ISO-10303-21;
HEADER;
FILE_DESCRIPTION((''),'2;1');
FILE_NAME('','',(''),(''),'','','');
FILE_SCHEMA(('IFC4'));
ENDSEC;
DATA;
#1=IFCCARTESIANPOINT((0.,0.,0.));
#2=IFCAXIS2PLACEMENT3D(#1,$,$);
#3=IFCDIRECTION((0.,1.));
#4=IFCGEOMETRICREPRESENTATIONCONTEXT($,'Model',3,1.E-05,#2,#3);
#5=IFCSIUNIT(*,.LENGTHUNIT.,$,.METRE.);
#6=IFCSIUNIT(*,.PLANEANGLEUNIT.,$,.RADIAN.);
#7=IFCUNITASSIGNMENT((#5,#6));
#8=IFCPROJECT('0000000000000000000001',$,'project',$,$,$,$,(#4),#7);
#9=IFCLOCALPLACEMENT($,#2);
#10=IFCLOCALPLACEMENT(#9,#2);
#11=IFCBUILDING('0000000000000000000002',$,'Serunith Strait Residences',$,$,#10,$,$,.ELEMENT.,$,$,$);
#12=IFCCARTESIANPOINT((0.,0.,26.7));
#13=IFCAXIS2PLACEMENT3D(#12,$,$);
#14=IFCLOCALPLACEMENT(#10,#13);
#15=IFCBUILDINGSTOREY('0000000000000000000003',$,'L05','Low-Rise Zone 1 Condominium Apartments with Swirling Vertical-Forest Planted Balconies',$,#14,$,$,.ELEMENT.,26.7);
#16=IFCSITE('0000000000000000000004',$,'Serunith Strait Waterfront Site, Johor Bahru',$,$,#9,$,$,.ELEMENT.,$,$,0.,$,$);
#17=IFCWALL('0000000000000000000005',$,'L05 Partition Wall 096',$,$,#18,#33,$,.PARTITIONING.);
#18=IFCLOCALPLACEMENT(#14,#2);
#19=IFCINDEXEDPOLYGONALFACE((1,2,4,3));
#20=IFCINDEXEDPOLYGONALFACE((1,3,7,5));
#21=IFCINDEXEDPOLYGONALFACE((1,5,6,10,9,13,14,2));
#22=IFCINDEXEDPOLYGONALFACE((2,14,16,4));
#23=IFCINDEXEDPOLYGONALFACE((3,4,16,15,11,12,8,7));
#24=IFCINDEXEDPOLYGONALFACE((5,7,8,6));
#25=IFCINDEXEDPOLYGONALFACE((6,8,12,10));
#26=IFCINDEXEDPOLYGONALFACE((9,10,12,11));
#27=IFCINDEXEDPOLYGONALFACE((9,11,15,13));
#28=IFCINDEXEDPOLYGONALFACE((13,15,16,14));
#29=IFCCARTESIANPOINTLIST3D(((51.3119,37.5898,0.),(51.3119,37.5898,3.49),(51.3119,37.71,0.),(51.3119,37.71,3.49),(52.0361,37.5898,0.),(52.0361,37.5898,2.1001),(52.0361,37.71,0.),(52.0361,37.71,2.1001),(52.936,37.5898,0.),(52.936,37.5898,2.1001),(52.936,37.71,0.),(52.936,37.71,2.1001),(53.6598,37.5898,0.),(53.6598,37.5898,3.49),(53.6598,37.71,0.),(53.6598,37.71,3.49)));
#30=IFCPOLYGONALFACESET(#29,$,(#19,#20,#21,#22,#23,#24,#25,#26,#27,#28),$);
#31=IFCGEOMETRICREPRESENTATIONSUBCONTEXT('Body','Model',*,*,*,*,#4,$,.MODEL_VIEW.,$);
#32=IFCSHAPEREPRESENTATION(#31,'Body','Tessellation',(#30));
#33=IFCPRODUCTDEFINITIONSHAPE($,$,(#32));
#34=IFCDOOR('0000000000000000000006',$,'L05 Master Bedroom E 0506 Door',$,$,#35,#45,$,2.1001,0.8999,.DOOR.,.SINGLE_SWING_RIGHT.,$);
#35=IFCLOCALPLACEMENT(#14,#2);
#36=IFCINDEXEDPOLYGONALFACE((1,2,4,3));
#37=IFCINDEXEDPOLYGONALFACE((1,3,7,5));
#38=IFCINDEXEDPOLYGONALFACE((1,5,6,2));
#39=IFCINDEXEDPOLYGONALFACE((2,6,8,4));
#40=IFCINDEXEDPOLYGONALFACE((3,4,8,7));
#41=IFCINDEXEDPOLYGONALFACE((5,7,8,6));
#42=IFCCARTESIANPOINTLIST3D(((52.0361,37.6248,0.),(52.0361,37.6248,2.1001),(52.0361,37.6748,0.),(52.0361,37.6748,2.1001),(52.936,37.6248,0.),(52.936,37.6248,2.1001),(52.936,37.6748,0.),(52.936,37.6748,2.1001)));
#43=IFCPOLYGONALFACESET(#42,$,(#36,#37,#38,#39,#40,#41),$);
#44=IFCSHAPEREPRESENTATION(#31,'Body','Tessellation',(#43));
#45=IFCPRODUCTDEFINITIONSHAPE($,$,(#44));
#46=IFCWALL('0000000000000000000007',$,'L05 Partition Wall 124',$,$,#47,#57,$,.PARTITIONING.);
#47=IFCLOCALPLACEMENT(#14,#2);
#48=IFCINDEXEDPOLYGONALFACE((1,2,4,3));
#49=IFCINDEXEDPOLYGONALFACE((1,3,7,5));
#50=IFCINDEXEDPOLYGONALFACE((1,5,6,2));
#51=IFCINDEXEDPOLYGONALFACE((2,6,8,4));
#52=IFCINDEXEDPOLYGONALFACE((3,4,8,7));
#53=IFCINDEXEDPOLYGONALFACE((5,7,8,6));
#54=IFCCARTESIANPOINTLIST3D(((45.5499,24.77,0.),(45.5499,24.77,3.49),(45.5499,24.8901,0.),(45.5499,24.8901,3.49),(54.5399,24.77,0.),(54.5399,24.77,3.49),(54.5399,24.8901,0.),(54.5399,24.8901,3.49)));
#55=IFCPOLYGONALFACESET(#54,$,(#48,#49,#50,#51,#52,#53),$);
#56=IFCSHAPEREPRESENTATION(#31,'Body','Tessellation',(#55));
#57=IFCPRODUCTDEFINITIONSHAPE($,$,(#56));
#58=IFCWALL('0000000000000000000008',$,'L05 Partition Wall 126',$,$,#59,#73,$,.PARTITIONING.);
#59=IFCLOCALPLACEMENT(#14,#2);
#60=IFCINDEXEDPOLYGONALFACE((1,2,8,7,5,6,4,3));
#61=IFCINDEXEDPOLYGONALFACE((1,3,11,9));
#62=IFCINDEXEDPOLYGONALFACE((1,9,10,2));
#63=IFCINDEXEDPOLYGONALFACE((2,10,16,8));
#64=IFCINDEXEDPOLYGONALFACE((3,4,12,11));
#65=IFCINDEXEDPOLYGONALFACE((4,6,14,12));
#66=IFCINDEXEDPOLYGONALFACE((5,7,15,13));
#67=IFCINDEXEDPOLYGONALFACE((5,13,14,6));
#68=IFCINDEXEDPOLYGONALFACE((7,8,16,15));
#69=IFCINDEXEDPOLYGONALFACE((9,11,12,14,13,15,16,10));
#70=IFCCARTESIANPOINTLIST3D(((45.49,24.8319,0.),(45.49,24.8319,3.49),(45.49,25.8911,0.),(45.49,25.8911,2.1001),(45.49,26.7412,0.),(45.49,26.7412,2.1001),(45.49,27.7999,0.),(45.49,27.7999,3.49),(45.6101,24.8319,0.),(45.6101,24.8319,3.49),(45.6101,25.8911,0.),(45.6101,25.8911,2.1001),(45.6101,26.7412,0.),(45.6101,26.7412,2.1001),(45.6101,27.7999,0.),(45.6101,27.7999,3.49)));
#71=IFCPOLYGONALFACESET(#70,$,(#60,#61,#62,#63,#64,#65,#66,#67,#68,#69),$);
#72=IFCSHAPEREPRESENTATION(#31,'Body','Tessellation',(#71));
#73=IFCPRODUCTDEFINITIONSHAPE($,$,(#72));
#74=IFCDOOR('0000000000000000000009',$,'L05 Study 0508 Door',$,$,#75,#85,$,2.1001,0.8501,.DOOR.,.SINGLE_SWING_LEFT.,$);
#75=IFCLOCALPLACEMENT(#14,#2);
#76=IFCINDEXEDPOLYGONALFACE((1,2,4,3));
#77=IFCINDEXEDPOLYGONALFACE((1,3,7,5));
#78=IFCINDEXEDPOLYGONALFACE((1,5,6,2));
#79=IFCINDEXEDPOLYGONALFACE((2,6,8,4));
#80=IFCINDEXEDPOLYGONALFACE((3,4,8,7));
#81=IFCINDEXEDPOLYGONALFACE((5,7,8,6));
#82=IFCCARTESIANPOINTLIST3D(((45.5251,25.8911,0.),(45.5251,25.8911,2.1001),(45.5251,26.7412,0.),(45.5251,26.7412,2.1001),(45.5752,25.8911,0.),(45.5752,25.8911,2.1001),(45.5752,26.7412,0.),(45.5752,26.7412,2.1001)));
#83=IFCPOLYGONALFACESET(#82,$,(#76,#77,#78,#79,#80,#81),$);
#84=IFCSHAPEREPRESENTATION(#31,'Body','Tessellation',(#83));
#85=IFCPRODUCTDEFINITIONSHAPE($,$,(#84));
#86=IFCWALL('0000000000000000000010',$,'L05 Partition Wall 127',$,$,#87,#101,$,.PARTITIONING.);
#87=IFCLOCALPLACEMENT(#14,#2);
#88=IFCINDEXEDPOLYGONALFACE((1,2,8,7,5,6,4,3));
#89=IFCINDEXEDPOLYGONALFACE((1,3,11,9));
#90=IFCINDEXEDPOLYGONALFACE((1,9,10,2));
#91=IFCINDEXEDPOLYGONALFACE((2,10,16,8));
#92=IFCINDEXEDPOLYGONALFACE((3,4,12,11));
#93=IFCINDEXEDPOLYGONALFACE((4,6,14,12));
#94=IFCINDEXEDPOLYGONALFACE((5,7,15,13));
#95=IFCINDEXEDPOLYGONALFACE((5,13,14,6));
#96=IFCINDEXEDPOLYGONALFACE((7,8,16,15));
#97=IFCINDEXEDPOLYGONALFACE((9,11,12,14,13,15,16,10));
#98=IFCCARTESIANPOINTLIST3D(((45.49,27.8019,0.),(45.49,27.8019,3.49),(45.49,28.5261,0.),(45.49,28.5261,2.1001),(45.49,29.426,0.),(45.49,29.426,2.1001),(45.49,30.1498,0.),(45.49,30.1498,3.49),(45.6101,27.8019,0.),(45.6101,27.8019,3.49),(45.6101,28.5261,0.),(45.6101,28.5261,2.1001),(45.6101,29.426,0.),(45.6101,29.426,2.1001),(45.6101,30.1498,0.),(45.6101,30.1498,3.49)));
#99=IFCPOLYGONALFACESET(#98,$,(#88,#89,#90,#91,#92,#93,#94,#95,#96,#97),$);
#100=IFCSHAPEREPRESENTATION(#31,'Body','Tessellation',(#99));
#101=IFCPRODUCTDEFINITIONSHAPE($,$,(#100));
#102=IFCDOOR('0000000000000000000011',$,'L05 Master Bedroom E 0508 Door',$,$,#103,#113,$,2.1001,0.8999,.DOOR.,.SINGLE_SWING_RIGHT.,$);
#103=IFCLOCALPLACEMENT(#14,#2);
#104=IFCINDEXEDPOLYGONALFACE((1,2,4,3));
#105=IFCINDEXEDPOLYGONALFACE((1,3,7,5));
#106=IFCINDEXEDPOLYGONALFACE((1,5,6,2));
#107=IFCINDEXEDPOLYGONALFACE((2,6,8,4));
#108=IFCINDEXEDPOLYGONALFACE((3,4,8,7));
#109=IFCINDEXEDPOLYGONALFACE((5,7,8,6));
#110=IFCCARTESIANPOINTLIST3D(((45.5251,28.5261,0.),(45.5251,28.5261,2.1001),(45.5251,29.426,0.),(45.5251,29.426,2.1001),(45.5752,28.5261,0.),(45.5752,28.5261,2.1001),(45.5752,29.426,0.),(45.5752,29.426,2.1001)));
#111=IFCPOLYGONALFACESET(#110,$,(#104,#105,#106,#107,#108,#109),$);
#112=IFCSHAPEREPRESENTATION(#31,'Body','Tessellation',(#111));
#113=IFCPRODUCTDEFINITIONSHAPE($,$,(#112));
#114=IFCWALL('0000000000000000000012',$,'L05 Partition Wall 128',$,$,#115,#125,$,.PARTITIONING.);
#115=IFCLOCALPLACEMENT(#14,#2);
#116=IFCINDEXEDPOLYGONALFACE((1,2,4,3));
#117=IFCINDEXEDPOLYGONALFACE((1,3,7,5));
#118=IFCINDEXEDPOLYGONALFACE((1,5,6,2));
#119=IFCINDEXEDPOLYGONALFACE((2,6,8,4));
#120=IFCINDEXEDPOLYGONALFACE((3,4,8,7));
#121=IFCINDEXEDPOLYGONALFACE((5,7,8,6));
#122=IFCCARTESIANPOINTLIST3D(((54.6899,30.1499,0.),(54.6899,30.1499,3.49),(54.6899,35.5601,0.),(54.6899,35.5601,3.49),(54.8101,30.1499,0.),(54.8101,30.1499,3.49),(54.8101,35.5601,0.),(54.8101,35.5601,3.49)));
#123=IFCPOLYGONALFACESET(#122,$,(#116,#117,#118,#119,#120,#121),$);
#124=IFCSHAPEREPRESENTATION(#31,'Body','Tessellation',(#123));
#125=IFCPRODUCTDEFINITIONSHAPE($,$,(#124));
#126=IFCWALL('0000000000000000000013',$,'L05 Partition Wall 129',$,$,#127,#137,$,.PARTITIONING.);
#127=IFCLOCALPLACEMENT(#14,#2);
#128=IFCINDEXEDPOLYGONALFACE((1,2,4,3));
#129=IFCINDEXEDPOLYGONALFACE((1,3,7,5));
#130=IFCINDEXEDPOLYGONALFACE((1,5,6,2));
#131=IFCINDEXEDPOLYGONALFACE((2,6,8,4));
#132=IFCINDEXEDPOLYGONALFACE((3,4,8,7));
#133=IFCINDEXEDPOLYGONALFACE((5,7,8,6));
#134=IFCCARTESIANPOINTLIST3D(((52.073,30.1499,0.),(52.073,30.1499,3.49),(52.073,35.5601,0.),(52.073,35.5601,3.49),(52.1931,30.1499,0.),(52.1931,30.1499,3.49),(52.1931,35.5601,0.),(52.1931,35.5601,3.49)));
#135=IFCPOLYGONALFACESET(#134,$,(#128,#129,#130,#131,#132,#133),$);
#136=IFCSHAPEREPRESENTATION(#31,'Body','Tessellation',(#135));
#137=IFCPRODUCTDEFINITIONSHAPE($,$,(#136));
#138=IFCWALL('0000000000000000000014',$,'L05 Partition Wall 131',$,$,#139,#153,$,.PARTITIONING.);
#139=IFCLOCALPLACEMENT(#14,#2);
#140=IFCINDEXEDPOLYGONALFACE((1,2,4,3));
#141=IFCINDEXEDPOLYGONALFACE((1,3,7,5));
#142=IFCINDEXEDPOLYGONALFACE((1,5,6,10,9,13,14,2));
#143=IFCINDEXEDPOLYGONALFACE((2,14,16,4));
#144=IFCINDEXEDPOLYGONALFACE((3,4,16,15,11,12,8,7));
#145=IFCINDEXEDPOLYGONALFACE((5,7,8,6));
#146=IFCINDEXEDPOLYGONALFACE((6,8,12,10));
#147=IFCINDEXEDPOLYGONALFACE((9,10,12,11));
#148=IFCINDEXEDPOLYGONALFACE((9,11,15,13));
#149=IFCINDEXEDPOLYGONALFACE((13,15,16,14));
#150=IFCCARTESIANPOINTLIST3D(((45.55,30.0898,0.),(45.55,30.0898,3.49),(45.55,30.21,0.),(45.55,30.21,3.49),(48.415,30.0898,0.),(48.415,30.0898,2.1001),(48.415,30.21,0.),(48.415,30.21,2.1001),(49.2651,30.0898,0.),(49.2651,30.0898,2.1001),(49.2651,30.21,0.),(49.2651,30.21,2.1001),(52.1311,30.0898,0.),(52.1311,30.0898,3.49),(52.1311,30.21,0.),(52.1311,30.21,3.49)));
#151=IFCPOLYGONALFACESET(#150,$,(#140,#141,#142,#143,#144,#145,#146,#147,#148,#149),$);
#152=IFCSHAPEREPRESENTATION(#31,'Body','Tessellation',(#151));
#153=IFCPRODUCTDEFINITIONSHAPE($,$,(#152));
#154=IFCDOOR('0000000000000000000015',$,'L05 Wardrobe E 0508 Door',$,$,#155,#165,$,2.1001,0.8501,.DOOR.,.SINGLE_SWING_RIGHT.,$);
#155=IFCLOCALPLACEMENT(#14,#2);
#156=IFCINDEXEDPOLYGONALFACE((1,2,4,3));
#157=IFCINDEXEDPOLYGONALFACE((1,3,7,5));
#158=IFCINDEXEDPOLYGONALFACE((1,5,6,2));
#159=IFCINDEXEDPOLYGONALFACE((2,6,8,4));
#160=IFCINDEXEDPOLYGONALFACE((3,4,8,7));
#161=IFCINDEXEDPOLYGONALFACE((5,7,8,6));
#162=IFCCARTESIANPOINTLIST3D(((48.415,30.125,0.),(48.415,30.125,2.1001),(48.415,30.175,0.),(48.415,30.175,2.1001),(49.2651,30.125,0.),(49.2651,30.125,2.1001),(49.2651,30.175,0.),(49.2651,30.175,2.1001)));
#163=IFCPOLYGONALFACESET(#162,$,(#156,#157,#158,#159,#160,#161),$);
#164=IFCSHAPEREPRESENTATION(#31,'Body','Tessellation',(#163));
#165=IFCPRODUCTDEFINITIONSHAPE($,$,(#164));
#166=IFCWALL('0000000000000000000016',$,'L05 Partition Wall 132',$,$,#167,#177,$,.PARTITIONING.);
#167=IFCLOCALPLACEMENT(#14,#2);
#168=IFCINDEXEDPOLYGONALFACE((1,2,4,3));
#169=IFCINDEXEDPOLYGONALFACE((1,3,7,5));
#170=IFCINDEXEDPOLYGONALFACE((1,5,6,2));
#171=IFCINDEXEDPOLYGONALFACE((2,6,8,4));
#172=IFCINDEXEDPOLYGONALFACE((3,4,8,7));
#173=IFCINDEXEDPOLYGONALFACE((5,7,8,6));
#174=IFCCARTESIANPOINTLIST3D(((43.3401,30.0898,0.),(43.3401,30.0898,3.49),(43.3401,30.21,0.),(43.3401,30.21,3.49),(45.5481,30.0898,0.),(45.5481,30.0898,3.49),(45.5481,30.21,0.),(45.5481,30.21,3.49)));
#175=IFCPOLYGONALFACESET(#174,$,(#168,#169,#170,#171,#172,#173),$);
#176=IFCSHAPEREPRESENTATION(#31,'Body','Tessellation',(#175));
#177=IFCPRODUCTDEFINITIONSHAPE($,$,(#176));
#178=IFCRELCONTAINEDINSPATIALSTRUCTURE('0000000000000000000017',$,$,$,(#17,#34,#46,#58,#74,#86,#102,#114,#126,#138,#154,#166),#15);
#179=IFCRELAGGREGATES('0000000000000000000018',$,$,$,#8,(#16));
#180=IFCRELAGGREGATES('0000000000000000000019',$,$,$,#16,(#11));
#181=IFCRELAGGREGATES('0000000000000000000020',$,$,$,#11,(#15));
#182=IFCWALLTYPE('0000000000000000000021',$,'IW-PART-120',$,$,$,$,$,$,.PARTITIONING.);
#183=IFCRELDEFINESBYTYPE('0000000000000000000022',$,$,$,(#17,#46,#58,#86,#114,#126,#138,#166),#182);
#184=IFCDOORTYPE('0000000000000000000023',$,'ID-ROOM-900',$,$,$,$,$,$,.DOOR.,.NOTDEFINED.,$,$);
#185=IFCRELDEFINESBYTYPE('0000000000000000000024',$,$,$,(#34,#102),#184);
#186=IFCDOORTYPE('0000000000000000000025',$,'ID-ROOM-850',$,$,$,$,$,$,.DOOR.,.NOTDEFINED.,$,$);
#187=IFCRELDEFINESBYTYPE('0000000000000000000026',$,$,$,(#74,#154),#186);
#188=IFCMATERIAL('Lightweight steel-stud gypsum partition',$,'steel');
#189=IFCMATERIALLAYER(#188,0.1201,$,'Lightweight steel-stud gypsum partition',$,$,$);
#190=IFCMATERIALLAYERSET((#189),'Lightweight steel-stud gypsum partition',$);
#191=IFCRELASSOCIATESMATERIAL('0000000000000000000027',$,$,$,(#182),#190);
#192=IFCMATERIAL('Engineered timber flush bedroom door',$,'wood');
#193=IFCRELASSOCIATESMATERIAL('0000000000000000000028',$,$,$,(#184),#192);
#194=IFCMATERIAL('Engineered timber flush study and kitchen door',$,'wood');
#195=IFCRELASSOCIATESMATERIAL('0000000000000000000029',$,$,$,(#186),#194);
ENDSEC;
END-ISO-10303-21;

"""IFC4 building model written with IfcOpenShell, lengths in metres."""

from ifc_helpers import new_model, si_unit, direction, frame, frame_2d, origin, place, context, subcontext, project, spatial, rectangle, extrude, source, transform, mapped, material, layer, layer_set, type_object, element, fill, save


model = new_model("IFC4")

# Units and contexts
model_context = context("Model", 3, precision=1e-05, world=origin(), true_north=direction((0.0, 1.0)))
body_context = subcontext(model_context, "Body", "Model", "MODEL_VIEW")
ifc_project = project(units=[si_unit("LENGTHUNIT", "METRE"), si_unit("PLANEANGLEUNIT", "RADIAN")], contexts=[model_context])

# Site, building, storey
site_placement = place(None, origin())
site = spatial("IfcSite", under=ifc_project, at=site_placement, Name="Serunith Strait Waterfront Site, Johor Bahru", CompositionType="ELEMENT", RefElevation=0.0)
building_placement = place(site_placement, origin())
building = spatial("IfcBuilding", under=site, at=building_placement, Name="Serunith Strait Residences", CompositionType="ELEMENT")
storey_placement = place(building_placement, frame((0.0, 0.0, 26.7)))
storey = spatial("IfcBuildingStorey", under=building, at=storey_placement, Name="L05", Description="Low-Rise Zone 1 Condominium Apartments with Swirling Vertical-Forest Planted Balconies", CompositionType="ELEMENT", Elevation=26.7)

# Wall, opening, door
ifc_material_1 = material(Name="Lightweight steel-stud gypsum partition", Category="steel")
ifc_layer = layer(ifc_material_1, 0.1201, Name="Lightweight steel-stud gypsum partition")
ifc_layer_set = layer_set([ifc_layer], Name="Lightweight steel-stud gypsum partition")
wall_type = type_object("IfcWallType", Name="IW-PART-120", PredefinedType="PARTITIONING", material=ifc_layer_set)
ifc_material_2 = material(Name="Engineered timber flush bedroom door", Category="wood")
door_type_1 = type_object("IfcDoorType", Name="ID-ROOM-900", OperationType="NOTDEFINED", PredefinedType="DOOR", material=ifc_material_2)
shared_shape_1 = source(origin(), body_context, "Body", "SweptSolid", [
    extrude(rectangle(XDim=0.8999, YDim=2.1001, at=frame_2d((0.45, 1.05))), frame((0.0, 0.0249, 0.0), z_axis=(0.0, -1.0, 0.0), x_axis=(1.0, 0.0, 0.0)), (0.0, 0.0, 1.0), 0.05),
])
shared_shape_2 = source(origin(), body_context, "Body", "SweptSolid", [
    extrude(rectangle(XDim=0.8501, YDim=2.1001, at=frame_2d((0.425, 1.05))), frame((0.0, 0.0249, 0.0), z_axis=(0.0, -1.0, 0.0), x_axis=(1.0, 0.0, 0.0)), (0.0, 0.0, 1.0), 0.05),
])
ifc_material_3 = material(Name="Engineered timber flush study and kitchen door", Category="wood")
door_type_2 = type_object("IfcDoorType", Name="ID-ROOM-850", OperationType="NOTDEFINED", PredefinedType="DOOR", material=ifc_material_3)
wall_1_placement = place(storey_placement, frame((51.312, 37.6499, 0.0), z_axis=(0.0, 0.0, 1.0), x_axis=(1.0, 0.0, 0.0)))
wall_1 = element("IfcWall", 1, at=wall_1_placement, inside=storey, type_object=wall_type, Name="L05 Partition Wall 096", PredefinedType="PARTITIONING", context=body_context, shape_type="SweptSolid", body=[
    extrude(rectangle(XDim=2.3479, YDim=0.1201, at=frame_2d((1.1738, 0.0))), origin(), (0.0, 0.0, 1.0), 3.49),
])
opening_1_placement = place(wall_1_placement, frame((0.7241, 0.0, 0.0)))
opening_1 = element("IfcOpeningElement", 2, at=opening_1_placement, cuts=wall_1, PredefinedType="OPENING", context=body_context, shape_type="SweptSolid", body=[
    extrude(rectangle(XDim=0.8999, YDim=2.1001, at=frame_2d((0.45, 1.05))), frame((0.0, 0.0701, 0.0), z_axis=(0.0, -1.0, 0.0), x_axis=(1.0, 0.0, 0.0)), (0.0, 0.0, 1.0), 0.1401),
])
door_1_placement = place(opening_1_placement, origin())
door_1 = element("IfcDoor", 3, at=door_1_placement, inside=storey, type_object=door_type_1, Name="L05 Master Bedroom E 0506 Door", OperationType="SINGLE_SWING_RIGHT", OverallHeight=2.1001, OverallWidth=0.8999, PredefinedType="DOOR", context=body_context, shape_type="MappedRepresentation", body=[
    mapped(shared_shape_1, transform((0.0, 0.0, 0.0), scale=1.0)),
])
fill(opening_1, door_1)

# Wall
wall_2_placement = place(storey_placement, frame((54.54, 24.8301, 0.0), z_axis=(0.0, 0.0, 1.0), x_axis=(-1.0, 0.0, 0.0)))
element("IfcWall", 4, at=wall_2_placement, inside=storey, type_object=wall_type, Name="L05 Partition Wall 124", PredefinedType="PARTITIONING", context=body_context, shape_type="SweptSolid", body=[
    extrude(rectangle(XDim=8.99, YDim=0.1201, at=frame_2d((4.4951, 0.0))), origin(), (0.0, 0.0, 1.0), 3.49),
])

# Walls, openings, doors
wall_3_placement = place(storey_placement, frame((45.55, 24.832, 0.0), z_axis=(0.0, 0.0, 1.0), x_axis=(0.0, 1.0, 0.0)))
wall_3 = element("IfcWall", 5, at=wall_3_placement, inside=storey, type_object=wall_type, Name="L05 Partition Wall 126", PredefinedType="PARTITIONING", context=body_context, shape_type="SweptSolid", body=[
    extrude(rectangle(XDim=2.968, YDim=0.1201, at=frame_2d((1.4839, 0.0))), origin(), (0.0, 0.0, 1.0), 3.49),
])
opening_2_placement = place(wall_3_placement, frame((1.0591, 0.0, 0.0)))
opening_2 = element("IfcOpeningElement", 6, at=opening_2_placement, cuts=wall_3, PredefinedType="OPENING", context=body_context, shape_type="SweptSolid", body=[
    extrude(rectangle(XDim=0.8501, YDim=2.1001, at=frame_2d((0.425, 1.05))), frame((0.0, 0.0701, 0.0), z_axis=(0.0, -1.0, 0.0), x_axis=(1.0, 0.0, 0.0)), (0.0, 0.0, 1.0), 0.1401),
])
door_2_placement = place(opening_2_placement, origin())
door_2 = element("IfcDoor", 7, at=door_2_placement, inside=storey, type_object=door_type_2, Name="L05 Study 0508 Door", OperationType="SINGLE_SWING_LEFT", OverallHeight=2.1001, OverallWidth=0.8501, PredefinedType="DOOR", context=body_context, shape_type="MappedRepresentation", body=[
    mapped(shared_shape_2, transform((0.0, 0.0, 0.0), scale=1.0)),
])
fill(opening_2, door_2)
wall_4_placement = place(storey_placement, frame((45.55, 27.802, 0.0), z_axis=(0.0, 0.0, 1.0), x_axis=(0.0, 1.0, 0.0)))
wall_4 = element("IfcWall", 8, at=wall_4_placement, inside=storey, type_object=wall_type, Name="L05 Partition Wall 127", PredefinedType="PARTITIONING", context=body_context, shape_type="SweptSolid", body=[
    extrude(rectangle(XDim=2.3479, YDim=0.1201, at=frame_2d((1.1738, 0.0))), origin(), (0.0, 0.0, 1.0), 3.49),
])
opening_3_placement = place(wall_4_placement, frame((0.7241, 0.0, 0.0)))
opening_3 = element("IfcOpeningElement", 9, at=opening_3_placement, cuts=wall_4, PredefinedType="OPENING", context=body_context, shape_type="SweptSolid", body=[
    extrude(rectangle(XDim=0.8999, YDim=2.1001, at=frame_2d((0.45, 1.05))), frame((0.0, 0.0701, 0.0), z_axis=(0.0, -1.0, 0.0), x_axis=(1.0, 0.0, 0.0)), (0.0, 0.0, 1.0), 0.1401),
])
door_3_placement = place(opening_3_placement, origin())
door_3 = element("IfcDoor", 10, at=door_3_placement, inside=storey, type_object=door_type_1, Name="L05 Master Bedroom E 0508 Door", OperationType="SINGLE_SWING_RIGHT", OverallHeight=2.1001, OverallWidth=0.8999, PredefinedType="DOOR", context=body_context, shape_type="MappedRepresentation", body=[
    mapped(shared_shape_1, transform((0.0, 0.0, 0.0), scale=1.0)),
])
fill(opening_3, door_3)

# Walls
for number, where, z_axis, x_axis, name in (
    (11, (54.75, 30.1499, 0.0), (0.0, 0.0, 1.0), (0.0, 1.0, 0.0), "L05 Partition Wall 128"),
    (12, (52.1331, 30.1499, 0.0), (0.0, 0.0, 1.0), (0.0, 1.0, 0.0), "L05 Partition Wall 129"),
):
    element("IfcWall", number, at=place(storey_placement, frame(where, z_axis=z_axis, x_axis=x_axis)), inside=storey, type_object=wall_type, Name=name, PredefinedType="PARTITIONING", context=body_context, shape_type="SweptSolid", body=[
        extrude(rectangle(XDim=5.4102, YDim=0.1201, at=frame_2d((2.7051, 0.0))), origin(), (0.0, 0.0, 1.0), 3.49),
    ])

# Wall, opening, door
wall_5_placement = place(storey_placement, frame((52.1311, 30.1499, 0.0), z_axis=(0.0, 0.0, 1.0), x_axis=(-1.0, 0.0, 0.0)))
wall_5 = element("IfcWall", 13, at=wall_5_placement, inside=storey, type_object=wall_type, Name="L05 Partition Wall 131", PredefinedType="PARTITIONING", context=body_context, shape_type="SweptSolid", body=[
    extrude(rectangle(XDim=6.5811, YDim=0.1201, at=frame_2d((3.2905, 0.0))), origin(), (0.0, 0.0, 1.0), 3.49),
])
opening_4_placement = place(wall_5_placement, frame((2.866, 0.0, 0.0)))
opening_4 = element("IfcOpeningElement", 14, at=opening_4_placement, cuts=wall_5, PredefinedType="OPENING", context=body_context, shape_type="SweptSolid", body=[
    extrude(rectangle(XDim=0.8501, YDim=2.1001, at=frame_2d((0.425, 1.05))), frame((0.0, 0.0701, 0.0), z_axis=(0.0, -1.0, 0.0), x_axis=(1.0, 0.0, 0.0)), (0.0, 0.0, 1.0), 0.1401),
])
door_4_placement = place(opening_4_placement, origin())
door_4 = element("IfcDoor", 15, at=door_4_placement, inside=storey, type_object=door_type_2, Name="L05 Wardrobe E 0508 Door", OperationType="SINGLE_SWING_RIGHT", OverallHeight=2.1001, OverallWidth=0.8501, PredefinedType="DOOR", context=body_context, shape_type="MappedRepresentation", body=[
    mapped(shared_shape_2, transform((0.0, 0.0, 0.0), scale=1.0)),
])
fill(opening_4, door_4)

# Wall
wall_6_placement = place(storey_placement, frame((45.5481, 30.1499, 0.0), z_axis=(0.0, 0.0, 1.0), x_axis=(-1.0, 0.0, 0.0)))
element("IfcWall", 16, at=wall_6_placement, inside=storey, type_object=wall_type, Name="L05 Partition Wall 132", PredefinedType="PARTITIONING", context=body_context, shape_type="SweptSolid", body=[
    extrude(rectangle(XDim=2.208, YDim=0.1201, at=frame_2d((1.104, 0.0))), origin(), (0.0, 0.0, 1.0), 3.49),
])

save(model, "model.ifc")
